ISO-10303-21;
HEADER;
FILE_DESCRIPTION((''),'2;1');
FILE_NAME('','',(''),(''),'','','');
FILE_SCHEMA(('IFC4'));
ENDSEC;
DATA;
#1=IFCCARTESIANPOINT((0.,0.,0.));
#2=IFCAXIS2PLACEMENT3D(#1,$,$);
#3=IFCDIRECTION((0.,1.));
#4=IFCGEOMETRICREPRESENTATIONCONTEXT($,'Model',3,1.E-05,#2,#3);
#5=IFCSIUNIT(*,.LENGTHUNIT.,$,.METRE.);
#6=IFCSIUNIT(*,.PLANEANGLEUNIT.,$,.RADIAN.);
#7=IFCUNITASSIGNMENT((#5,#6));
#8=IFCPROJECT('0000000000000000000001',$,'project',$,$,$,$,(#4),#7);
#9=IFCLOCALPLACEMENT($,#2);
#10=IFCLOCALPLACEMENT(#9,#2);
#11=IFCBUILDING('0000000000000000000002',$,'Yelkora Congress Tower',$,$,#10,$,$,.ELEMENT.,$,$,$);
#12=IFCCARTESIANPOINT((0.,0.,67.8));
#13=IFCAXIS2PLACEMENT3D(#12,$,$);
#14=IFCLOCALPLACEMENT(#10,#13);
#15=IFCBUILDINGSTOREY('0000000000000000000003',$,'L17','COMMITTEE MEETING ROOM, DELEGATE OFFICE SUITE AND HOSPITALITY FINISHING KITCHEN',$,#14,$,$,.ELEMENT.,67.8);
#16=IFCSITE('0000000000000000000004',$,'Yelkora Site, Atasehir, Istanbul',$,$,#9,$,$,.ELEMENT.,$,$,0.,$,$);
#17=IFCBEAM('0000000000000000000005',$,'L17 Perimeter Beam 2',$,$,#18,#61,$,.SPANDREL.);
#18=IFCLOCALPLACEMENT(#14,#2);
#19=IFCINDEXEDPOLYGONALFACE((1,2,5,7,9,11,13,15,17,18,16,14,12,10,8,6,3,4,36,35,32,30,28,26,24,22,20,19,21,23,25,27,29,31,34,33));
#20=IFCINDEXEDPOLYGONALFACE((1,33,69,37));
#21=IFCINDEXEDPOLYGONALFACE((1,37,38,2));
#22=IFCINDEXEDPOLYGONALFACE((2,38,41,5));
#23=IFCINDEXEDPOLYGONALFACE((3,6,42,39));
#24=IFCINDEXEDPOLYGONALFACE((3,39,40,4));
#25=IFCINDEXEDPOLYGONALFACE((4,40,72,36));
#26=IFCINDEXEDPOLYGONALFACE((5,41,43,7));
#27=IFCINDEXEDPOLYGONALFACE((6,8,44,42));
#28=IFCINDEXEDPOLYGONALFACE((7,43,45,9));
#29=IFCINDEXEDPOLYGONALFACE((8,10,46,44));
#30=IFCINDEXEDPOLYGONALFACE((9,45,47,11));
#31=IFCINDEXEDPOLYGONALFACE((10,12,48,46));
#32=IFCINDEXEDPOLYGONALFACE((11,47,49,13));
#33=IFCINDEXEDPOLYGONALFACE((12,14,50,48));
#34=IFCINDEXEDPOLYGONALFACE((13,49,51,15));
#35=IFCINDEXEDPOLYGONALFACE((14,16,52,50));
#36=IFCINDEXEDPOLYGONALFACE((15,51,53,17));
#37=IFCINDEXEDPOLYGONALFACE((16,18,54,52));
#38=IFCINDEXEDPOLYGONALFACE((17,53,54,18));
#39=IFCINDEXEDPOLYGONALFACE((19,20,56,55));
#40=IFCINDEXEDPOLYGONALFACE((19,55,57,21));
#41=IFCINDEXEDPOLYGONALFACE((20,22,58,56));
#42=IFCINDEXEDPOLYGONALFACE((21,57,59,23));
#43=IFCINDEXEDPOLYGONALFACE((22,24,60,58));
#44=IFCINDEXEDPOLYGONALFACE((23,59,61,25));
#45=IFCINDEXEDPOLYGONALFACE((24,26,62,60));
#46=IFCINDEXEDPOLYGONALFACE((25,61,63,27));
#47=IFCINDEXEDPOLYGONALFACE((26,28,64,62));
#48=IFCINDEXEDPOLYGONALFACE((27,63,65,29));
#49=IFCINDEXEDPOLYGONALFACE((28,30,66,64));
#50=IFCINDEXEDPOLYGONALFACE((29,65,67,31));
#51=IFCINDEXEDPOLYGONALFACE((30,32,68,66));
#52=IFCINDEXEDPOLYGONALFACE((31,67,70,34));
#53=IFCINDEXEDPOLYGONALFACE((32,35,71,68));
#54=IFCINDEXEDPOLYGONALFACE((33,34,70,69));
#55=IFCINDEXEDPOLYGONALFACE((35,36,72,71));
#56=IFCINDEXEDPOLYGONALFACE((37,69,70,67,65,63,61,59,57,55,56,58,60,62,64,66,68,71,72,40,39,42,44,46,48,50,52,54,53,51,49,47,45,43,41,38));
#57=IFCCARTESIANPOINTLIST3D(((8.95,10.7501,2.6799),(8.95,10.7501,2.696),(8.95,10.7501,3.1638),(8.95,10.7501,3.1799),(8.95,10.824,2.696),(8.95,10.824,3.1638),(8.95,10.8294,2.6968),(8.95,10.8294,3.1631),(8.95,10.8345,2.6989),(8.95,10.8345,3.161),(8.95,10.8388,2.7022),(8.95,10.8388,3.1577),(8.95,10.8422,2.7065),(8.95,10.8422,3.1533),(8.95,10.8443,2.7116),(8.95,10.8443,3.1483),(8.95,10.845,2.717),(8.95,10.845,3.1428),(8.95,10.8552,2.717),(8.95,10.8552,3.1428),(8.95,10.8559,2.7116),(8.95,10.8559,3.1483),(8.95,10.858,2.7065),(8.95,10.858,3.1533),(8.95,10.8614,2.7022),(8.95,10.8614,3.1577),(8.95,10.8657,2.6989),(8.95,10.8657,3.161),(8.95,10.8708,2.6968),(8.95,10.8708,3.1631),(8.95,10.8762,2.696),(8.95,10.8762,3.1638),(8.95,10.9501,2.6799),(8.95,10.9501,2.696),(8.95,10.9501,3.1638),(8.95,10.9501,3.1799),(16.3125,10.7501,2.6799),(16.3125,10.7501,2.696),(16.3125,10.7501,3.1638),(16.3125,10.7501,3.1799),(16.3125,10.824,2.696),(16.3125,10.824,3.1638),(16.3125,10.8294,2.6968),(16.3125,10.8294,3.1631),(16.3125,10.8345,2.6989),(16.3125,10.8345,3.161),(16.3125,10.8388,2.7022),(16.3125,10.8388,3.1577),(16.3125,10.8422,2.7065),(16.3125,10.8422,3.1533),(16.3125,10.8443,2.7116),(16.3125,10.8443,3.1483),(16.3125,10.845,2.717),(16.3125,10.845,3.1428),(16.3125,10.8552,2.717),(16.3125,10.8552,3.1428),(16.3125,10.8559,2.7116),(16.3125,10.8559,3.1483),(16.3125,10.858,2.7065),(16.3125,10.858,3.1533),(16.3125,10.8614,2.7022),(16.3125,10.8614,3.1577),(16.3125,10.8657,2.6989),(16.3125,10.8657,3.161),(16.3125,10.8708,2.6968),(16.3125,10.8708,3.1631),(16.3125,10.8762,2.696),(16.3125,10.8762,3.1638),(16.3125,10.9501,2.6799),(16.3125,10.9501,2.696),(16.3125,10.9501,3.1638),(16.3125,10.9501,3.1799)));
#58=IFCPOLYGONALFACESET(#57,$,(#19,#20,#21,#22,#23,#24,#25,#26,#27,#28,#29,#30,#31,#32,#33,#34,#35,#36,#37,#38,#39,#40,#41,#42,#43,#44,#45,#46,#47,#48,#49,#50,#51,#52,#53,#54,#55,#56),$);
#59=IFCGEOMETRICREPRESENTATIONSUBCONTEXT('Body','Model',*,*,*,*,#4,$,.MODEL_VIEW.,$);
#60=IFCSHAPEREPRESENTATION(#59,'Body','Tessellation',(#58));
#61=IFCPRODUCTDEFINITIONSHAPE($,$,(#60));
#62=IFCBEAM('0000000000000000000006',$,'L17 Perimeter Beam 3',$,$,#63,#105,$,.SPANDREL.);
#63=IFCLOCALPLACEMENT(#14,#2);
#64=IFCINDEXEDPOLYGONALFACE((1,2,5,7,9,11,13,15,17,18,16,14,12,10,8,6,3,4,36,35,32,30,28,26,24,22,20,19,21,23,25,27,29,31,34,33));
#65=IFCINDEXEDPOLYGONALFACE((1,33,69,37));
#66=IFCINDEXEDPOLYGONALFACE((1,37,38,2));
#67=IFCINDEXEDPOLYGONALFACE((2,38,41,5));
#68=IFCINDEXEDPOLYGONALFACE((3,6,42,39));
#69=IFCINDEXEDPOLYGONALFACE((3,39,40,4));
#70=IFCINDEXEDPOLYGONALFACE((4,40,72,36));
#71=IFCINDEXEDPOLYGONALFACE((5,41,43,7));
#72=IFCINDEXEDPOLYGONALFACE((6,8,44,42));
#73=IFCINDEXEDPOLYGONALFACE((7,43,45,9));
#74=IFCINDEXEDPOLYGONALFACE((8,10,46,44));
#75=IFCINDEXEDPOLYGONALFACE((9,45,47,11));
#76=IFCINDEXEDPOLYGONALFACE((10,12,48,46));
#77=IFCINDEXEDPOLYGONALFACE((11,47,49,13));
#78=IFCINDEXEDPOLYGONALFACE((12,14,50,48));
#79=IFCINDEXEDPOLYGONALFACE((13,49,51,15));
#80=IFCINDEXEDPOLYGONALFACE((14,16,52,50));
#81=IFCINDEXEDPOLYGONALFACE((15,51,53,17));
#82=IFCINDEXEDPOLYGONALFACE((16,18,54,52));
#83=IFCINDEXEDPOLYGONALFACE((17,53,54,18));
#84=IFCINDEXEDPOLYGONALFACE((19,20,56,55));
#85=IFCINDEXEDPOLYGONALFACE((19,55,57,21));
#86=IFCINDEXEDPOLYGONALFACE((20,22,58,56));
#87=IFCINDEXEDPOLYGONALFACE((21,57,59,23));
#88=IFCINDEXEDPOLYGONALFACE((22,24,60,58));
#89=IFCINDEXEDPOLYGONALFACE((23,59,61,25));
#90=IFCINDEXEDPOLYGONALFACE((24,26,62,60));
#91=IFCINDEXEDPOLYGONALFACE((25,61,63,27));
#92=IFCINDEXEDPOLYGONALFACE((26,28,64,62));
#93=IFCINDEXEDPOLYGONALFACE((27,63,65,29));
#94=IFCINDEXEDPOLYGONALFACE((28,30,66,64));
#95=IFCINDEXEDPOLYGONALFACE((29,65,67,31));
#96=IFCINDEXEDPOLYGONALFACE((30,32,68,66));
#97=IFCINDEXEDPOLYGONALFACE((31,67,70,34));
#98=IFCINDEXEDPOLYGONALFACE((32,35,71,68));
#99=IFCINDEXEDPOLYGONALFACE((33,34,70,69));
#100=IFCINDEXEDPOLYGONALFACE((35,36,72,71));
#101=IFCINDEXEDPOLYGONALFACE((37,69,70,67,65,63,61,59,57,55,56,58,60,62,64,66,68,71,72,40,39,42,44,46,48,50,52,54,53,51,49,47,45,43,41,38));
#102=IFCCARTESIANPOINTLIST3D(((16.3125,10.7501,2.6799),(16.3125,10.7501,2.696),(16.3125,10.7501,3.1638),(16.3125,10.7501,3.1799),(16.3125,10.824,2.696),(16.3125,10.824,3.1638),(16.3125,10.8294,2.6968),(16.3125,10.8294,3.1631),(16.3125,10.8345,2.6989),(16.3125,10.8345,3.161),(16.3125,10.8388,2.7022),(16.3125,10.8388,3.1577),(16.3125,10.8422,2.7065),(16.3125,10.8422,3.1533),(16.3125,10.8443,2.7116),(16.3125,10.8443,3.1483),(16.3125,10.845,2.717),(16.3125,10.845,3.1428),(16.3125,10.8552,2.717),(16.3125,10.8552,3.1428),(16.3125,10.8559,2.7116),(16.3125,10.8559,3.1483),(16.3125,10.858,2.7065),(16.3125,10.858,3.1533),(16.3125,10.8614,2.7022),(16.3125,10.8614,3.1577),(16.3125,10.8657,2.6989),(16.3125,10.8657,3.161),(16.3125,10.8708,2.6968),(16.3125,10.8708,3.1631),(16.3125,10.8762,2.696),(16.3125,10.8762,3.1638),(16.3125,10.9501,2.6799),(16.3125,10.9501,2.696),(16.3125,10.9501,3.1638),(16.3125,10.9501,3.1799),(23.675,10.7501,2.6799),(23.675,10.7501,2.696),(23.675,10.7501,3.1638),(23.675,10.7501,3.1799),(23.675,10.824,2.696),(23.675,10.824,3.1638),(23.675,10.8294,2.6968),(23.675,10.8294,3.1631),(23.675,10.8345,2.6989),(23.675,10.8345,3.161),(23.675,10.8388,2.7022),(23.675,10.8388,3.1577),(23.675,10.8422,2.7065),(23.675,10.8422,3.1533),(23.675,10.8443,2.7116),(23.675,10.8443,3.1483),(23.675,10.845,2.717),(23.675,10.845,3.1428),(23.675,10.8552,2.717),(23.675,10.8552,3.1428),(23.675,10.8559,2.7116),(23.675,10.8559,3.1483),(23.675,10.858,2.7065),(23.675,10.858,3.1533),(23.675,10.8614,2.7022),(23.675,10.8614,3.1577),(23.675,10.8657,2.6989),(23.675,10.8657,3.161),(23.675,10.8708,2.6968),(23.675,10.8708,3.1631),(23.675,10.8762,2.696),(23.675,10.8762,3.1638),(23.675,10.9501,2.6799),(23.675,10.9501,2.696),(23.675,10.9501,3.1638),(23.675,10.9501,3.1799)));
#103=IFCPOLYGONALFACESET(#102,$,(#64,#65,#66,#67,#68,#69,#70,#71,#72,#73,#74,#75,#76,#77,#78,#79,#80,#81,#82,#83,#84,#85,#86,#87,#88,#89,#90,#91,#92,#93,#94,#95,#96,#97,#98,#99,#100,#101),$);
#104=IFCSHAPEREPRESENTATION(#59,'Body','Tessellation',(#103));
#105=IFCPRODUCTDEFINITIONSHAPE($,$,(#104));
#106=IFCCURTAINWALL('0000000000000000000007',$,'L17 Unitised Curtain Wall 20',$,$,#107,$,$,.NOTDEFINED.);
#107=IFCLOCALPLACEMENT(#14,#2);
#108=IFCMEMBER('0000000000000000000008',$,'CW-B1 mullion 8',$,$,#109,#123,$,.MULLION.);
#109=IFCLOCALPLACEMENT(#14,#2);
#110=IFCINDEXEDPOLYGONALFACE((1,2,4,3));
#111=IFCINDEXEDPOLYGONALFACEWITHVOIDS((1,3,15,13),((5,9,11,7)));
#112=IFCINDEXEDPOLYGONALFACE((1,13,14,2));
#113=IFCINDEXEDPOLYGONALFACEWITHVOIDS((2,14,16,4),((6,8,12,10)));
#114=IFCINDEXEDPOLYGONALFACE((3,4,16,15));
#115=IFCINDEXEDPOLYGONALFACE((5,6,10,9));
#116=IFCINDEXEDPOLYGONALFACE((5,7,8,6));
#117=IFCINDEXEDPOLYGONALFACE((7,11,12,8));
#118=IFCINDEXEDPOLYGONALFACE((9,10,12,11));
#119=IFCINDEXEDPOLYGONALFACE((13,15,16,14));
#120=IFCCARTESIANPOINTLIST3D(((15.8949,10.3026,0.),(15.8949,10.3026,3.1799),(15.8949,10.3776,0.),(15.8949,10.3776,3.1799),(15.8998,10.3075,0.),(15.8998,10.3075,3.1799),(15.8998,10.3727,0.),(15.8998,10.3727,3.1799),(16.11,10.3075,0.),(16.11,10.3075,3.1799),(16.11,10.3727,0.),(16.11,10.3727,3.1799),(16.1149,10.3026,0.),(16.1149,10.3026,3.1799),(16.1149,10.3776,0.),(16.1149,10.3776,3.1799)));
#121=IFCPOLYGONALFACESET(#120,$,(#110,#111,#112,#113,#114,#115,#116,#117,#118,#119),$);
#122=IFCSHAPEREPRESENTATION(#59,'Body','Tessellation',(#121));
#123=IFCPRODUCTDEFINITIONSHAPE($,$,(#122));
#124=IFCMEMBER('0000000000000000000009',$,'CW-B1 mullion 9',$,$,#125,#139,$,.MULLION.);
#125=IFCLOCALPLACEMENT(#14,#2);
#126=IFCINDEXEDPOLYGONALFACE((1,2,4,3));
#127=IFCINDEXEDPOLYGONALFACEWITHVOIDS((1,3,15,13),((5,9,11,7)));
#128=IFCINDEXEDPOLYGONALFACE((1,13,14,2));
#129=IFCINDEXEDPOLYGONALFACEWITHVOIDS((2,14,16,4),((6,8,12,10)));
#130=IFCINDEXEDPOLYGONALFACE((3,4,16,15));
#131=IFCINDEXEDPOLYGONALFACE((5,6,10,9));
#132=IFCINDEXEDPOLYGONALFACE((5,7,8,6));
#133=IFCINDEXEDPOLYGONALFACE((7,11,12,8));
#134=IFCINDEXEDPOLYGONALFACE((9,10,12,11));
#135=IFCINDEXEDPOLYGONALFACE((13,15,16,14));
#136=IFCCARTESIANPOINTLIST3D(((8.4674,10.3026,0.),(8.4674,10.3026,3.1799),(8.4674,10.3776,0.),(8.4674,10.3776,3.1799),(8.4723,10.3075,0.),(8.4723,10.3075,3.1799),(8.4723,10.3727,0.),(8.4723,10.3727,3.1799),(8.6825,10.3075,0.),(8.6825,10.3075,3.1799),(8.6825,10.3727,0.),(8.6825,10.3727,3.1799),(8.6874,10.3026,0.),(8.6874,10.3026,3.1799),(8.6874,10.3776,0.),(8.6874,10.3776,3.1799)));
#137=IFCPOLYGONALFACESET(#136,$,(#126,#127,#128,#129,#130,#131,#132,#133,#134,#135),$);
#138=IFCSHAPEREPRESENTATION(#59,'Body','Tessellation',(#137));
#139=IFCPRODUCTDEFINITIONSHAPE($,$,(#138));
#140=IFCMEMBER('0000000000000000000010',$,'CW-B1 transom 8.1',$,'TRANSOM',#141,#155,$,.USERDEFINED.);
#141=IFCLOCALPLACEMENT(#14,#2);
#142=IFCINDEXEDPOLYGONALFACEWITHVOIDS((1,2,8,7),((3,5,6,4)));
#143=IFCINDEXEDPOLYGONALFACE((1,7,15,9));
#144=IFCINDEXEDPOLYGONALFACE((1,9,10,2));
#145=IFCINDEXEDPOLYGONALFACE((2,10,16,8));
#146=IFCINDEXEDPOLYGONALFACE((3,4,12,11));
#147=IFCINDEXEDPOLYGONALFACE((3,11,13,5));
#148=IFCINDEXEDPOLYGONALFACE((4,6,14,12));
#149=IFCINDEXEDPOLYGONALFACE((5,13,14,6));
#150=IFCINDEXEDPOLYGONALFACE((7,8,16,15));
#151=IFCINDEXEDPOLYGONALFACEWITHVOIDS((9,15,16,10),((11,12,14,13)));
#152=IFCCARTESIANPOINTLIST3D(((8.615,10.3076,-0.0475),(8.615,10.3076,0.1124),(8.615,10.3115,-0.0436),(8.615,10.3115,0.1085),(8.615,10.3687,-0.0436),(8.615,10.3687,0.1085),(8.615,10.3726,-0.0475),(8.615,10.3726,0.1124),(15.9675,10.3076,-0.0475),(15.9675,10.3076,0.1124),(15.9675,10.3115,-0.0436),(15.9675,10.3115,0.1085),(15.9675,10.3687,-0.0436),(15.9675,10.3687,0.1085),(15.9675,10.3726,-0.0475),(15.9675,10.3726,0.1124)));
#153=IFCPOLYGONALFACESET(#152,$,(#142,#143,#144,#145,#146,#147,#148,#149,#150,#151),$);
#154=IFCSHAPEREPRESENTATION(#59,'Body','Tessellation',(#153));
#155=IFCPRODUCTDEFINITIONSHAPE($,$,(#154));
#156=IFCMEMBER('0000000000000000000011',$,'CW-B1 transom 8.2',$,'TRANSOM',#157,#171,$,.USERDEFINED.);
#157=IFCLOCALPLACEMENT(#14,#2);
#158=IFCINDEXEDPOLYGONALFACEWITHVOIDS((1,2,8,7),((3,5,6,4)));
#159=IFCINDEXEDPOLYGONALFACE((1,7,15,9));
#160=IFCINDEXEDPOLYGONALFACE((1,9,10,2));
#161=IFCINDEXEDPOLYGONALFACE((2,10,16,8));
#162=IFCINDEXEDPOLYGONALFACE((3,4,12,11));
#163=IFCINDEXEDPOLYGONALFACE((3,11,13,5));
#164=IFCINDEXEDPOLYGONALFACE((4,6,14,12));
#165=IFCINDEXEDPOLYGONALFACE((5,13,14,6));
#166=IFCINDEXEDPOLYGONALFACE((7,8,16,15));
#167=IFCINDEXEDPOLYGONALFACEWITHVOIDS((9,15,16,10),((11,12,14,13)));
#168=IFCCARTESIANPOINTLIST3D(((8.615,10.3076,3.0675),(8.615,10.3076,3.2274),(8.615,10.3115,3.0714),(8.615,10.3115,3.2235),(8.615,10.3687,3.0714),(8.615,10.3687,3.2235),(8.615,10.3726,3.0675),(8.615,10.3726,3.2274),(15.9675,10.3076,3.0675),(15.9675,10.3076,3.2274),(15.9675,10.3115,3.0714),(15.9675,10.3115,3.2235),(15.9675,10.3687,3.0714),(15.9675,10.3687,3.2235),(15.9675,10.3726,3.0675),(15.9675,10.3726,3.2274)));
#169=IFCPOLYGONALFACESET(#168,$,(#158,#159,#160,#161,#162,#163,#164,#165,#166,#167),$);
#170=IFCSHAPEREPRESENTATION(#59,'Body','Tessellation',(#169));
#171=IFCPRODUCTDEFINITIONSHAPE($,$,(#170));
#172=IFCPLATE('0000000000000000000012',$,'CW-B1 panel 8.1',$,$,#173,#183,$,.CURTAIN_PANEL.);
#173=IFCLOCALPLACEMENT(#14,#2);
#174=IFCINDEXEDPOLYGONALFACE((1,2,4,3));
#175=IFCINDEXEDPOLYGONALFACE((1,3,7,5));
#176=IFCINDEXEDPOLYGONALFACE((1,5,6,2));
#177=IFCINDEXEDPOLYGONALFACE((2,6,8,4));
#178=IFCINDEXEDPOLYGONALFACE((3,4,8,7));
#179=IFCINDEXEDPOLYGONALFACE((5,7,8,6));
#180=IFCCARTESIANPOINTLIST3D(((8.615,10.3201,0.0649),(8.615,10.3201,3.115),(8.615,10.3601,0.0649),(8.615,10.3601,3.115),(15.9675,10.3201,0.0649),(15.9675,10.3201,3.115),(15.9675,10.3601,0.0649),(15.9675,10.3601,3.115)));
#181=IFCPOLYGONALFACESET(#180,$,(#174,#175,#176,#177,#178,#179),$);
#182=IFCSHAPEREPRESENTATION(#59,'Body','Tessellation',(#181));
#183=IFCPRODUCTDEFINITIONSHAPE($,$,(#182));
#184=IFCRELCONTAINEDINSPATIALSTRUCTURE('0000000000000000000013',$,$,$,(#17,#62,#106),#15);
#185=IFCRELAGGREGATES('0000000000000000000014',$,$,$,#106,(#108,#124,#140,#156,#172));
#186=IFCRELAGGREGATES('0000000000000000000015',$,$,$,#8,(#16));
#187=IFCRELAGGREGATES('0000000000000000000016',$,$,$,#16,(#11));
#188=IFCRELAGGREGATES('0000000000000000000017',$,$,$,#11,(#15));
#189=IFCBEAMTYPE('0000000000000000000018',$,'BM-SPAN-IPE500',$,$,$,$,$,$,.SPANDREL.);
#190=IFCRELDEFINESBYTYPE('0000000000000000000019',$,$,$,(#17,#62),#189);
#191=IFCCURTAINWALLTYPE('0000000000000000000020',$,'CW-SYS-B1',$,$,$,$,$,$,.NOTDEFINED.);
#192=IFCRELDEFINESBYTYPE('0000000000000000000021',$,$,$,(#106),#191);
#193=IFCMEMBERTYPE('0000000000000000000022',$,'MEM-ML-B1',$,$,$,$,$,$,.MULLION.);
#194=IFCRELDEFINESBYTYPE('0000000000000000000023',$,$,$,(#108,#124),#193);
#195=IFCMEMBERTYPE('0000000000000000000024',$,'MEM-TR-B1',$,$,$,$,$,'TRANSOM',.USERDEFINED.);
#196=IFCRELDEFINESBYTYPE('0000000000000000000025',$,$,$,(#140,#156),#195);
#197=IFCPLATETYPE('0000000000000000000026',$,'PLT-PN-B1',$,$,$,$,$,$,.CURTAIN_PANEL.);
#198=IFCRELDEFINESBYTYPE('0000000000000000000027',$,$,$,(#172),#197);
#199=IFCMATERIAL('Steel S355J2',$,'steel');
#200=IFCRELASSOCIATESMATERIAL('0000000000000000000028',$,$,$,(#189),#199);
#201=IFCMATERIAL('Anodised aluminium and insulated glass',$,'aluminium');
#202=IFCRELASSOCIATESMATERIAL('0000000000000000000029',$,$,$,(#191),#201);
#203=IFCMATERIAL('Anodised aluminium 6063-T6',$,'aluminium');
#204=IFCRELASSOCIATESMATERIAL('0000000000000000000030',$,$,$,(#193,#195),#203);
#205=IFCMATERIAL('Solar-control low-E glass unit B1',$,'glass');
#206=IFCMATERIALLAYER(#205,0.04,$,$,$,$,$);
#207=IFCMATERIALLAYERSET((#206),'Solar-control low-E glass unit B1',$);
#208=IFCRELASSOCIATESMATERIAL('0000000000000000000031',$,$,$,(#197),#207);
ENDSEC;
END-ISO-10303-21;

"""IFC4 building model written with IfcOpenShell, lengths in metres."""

from ifc_helpers import new_model, si_unit, direction, frame, origin, origin_2d, place, context, subcontext, project, spatial, rectangle, hollow_rectangle, i_section, extrude, material, layer, layer_set, material_profile, profile_set, type_object, element, aggregate, save


model = new_model("IFC4")

# Units and contexts
model_context = context("Model", 3, precision=1e-05, world=origin(), true_north=direction((0.0, 1.0)))
body_context = subcontext(model_context, "Body", "Model", "MODEL_VIEW")
ifc_project = project(units=[si_unit("LENGTHUNIT", "METRE"), si_unit("PLANEANGLEUNIT", "RADIAN")], contexts=[model_context])

# Site, building, storey
site_placement = place(None, origin())
site = spatial("IfcSite", under=ifc_project, at=site_placement, Name="Yelkora Site, Atasehir, Istanbul", CompositionType="ELEMENT", RefElevation=0.0)
building_placement = place(site_placement, origin())
building = spatial("IfcBuilding", under=site, at=building_placement, Name="Yelkora Congress Tower", CompositionType="ELEMENT")
storey_placement = place(building_placement, frame((0.0, 0.0, 67.8)))
storey = spatial("IfcBuildingStorey", under=building, at=storey_placement, Name="L17", Description="COMMITTEE MEETING ROOM, DELEGATE OFFICE SUITE AND HOSPITALITY FINISHING KITCHEN", CompositionType="ELEMENT", Elevation=67.8)

# Beams
ifc_material_1 = material(Name="Steel S355J2", Category="steel")
ifc_material_profile_1 = material_profile(ifc_material_1, i_section(OverallWidth=0.2, OverallDepth=0.5, WebThickness=0.0103, FlangeThickness=0.0161, FilletRadius=0.021, at=origin_2d()), Name="IPE 500")
ifc_profile_set_1 = profile_set([ifc_material_profile_1], Name="Steel S355J2")
beam_type_1 = type_object("IfcBeamType", Name="BM-SPAN-IPE500", PredefinedType="SPANDREL", material=ifc_profile_set_1)
for number, where, z_axis, x_axis, name in (
    (1, (8.95, 10.8501, 2.9299), (1.0, 0.0, 0.0), (0.0, 1.0, 0.0), "L17 Perimeter Beam 2"),
    (2, (16.3125, 10.8501, 2.9299), (1.0, 0.0, 0.0), (0.0, 1.0, 0.0), "L17 Perimeter Beam 3"),
):
    element("IfcBeam", number, at=place(storey_placement, frame(where, z_axis=z_axis, x_axis=x_axis)), inside=storey, type_object=beam_type_1, Name=name, PredefinedType="SPANDREL", context=body_context, shape_type="SweptSolid", body=[
        extrude(i_section(OverallWidth=0.2, OverallDepth=0.5, WebThickness=0.0103, FlangeThickness=0.0161, FilletRadius=0.021, at=origin_2d()), origin(), (0.0, 0.0, 1.0), 7.3625),
    ])

# Curtain wall, members, plate
ifc_material_2 = material(Name="Anodised aluminium and insulated glass", Category="aluminium")
curtain_wall_type = type_object("IfcCurtainWallType", Name="CW-SYS-B1", PredefinedType="NOTDEFINED", material=ifc_material_2)
curtain_wall_placement = place(storey_placement, origin())
curtain_wall = element("IfcCurtainWall", 3, at=curtain_wall_placement, inside=storey, type_object=curtain_wall_type, Name="L17 Unitised Curtain Wall 20", PredefinedType="NOTDEFINED")
ifc_material_3 = material(Name="Anodised aluminium 6063-T6", Category="aluminium")
ifc_material_profile_2 = material_profile(ifc_material_3, hollow_rectangle(XDim=0.075, YDim=0.22, WallThickness=0.0049, at=origin_2d()), Name="ALU 75x220x5")
ifc_profile_set_2 = profile_set([ifc_material_profile_2], Name="Anodised aluminium 6063-T6")
member_type_1 = type_object("IfcMemberType", Name="MEM-ML-B1", PredefinedType="MULLION", material=ifc_profile_set_2)
member_1_placement = place(storey_placement, frame((16.0049, 10.3401, 0.0), z_axis=(0.0, 0.0, 1.0), x_axis=(0.0, -1.0, 0.0)))
member_1 = element("IfcMember", 4, at=member_1_placement, type_object=member_type_1, Name="CW-B1 mullion 8", PredefinedType="MULLION", context=body_context, shape_type="SweptSolid", body=[
    extrude(hollow_rectangle(XDim=0.075, YDim=0.22, WallThickness=0.0049, at=origin_2d()), origin(), (0.0, 0.0, 1.0), 3.1799),
])
member_2_placement = place(storey_placement, frame((8.5774, 10.3401, 0.0), z_axis=(0.0, 0.0, 1.0), x_axis=(0.0, -1.0, 0.0)))
member_2 = element("IfcMember", 5, at=member_2_placement, type_object=member_type_1, Name="CW-B1 mullion 9", PredefinedType="MULLION", context=body_context, shape_type="SweptSolid", body=[
    extrude(hollow_rectangle(XDim=0.075, YDim=0.22, WallThickness=0.0049, at=origin_2d()), origin(), (0.0, 0.0, 1.0), 3.1799),
])
ifc_material_profile_3 = material_profile(ifc_material_3, hollow_rectangle(XDim=0.0649, YDim=0.1599, WallThickness=0.0039, at=origin_2d()), Name="ALU 65x160x4")
ifc_profile_set_3 = profile_set([ifc_material_profile_3], Name="Anodised aluminium 6063-T6")
member_type_2 = type_object("IfcMemberType", Name="MEM-TR-B1", ElementType="TRANSOM", PredefinedType="USERDEFINED", material=ifc_profile_set_3)
member_3_placement = place(storey_placement, frame((15.9675, 10.3401, 0.0325), z_axis=(-1.0, 0.0, 0.0), x_axis=(0.0, -1.0, 0.0)))
member_3 = element("IfcMember", 6, at=member_3_placement, type_object=member_type_2, Name="CW-B1 transom 8.1", ObjectType="TRANSOM", PredefinedType="USERDEFINED", context=body_context, shape_type="SweptSolid", body=[
    extrude(hollow_rectangle(XDim=0.0649, YDim=0.1599, WallThickness=0.0039, at=origin_2d()), origin(), (0.0, 0.0, 1.0), 7.3525),
])
member_4_placement = place(storey_placement, frame((15.9675, 10.3401, 3.1475), z_axis=(-1.0, 0.0, 0.0), x_axis=(0.0, -1.0, 0.0)))
member_4 = element("IfcMember", 7, at=member_4_placement, type_object=member_type_2, Name="CW-B1 transom 8.2", ObjectType="TRANSOM", PredefinedType="USERDEFINED", context=body_context, shape_type="SweptSolid", body=[
    extrude(hollow_rectangle(XDim=0.0649, YDim=0.1599, WallThickness=0.0039, at=origin_2d()), origin(), (0.0, 0.0, 1.0), 7.3525),
])
ifc_material_4 = material(Name="Solar-control low-E glass unit B1", Category="glass")
ifc_layer_1 = layer(ifc_material_4, 0.04)
ifc_layer_set_1 = layer_set([ifc_layer_1], Name="Solar-control low-E glass unit B1")
plate_type = type_object("IfcPlateType", Name="PLT-PN-B1", PredefinedType="CURTAIN_PANEL", material=ifc_layer_set_1)
plate_placement = place(storey_placement, frame((12.2913, 10.3401, 0.0649), z_axis=(0.0, 0.0, 1.0), x_axis=(-1.0, 0.0, 0.0)))
plate = element("IfcPlate", 8, at=plate_placement, type_object=plate_type, Name="CW-B1 panel 8.1", PredefinedType="CURTAIN_PANEL", context=body_context, shape_type="SweptSolid", body=[
    extrude(rectangle(XDim=7.3525, YDim=0.04, at=origin_2d()), origin(), (0.0, 0.0, 1.0), 3.05),
])
aggregate(curtain_wall, [member_1, member_2, member_3, member_4, plate])

save(model, "model.ifc")
